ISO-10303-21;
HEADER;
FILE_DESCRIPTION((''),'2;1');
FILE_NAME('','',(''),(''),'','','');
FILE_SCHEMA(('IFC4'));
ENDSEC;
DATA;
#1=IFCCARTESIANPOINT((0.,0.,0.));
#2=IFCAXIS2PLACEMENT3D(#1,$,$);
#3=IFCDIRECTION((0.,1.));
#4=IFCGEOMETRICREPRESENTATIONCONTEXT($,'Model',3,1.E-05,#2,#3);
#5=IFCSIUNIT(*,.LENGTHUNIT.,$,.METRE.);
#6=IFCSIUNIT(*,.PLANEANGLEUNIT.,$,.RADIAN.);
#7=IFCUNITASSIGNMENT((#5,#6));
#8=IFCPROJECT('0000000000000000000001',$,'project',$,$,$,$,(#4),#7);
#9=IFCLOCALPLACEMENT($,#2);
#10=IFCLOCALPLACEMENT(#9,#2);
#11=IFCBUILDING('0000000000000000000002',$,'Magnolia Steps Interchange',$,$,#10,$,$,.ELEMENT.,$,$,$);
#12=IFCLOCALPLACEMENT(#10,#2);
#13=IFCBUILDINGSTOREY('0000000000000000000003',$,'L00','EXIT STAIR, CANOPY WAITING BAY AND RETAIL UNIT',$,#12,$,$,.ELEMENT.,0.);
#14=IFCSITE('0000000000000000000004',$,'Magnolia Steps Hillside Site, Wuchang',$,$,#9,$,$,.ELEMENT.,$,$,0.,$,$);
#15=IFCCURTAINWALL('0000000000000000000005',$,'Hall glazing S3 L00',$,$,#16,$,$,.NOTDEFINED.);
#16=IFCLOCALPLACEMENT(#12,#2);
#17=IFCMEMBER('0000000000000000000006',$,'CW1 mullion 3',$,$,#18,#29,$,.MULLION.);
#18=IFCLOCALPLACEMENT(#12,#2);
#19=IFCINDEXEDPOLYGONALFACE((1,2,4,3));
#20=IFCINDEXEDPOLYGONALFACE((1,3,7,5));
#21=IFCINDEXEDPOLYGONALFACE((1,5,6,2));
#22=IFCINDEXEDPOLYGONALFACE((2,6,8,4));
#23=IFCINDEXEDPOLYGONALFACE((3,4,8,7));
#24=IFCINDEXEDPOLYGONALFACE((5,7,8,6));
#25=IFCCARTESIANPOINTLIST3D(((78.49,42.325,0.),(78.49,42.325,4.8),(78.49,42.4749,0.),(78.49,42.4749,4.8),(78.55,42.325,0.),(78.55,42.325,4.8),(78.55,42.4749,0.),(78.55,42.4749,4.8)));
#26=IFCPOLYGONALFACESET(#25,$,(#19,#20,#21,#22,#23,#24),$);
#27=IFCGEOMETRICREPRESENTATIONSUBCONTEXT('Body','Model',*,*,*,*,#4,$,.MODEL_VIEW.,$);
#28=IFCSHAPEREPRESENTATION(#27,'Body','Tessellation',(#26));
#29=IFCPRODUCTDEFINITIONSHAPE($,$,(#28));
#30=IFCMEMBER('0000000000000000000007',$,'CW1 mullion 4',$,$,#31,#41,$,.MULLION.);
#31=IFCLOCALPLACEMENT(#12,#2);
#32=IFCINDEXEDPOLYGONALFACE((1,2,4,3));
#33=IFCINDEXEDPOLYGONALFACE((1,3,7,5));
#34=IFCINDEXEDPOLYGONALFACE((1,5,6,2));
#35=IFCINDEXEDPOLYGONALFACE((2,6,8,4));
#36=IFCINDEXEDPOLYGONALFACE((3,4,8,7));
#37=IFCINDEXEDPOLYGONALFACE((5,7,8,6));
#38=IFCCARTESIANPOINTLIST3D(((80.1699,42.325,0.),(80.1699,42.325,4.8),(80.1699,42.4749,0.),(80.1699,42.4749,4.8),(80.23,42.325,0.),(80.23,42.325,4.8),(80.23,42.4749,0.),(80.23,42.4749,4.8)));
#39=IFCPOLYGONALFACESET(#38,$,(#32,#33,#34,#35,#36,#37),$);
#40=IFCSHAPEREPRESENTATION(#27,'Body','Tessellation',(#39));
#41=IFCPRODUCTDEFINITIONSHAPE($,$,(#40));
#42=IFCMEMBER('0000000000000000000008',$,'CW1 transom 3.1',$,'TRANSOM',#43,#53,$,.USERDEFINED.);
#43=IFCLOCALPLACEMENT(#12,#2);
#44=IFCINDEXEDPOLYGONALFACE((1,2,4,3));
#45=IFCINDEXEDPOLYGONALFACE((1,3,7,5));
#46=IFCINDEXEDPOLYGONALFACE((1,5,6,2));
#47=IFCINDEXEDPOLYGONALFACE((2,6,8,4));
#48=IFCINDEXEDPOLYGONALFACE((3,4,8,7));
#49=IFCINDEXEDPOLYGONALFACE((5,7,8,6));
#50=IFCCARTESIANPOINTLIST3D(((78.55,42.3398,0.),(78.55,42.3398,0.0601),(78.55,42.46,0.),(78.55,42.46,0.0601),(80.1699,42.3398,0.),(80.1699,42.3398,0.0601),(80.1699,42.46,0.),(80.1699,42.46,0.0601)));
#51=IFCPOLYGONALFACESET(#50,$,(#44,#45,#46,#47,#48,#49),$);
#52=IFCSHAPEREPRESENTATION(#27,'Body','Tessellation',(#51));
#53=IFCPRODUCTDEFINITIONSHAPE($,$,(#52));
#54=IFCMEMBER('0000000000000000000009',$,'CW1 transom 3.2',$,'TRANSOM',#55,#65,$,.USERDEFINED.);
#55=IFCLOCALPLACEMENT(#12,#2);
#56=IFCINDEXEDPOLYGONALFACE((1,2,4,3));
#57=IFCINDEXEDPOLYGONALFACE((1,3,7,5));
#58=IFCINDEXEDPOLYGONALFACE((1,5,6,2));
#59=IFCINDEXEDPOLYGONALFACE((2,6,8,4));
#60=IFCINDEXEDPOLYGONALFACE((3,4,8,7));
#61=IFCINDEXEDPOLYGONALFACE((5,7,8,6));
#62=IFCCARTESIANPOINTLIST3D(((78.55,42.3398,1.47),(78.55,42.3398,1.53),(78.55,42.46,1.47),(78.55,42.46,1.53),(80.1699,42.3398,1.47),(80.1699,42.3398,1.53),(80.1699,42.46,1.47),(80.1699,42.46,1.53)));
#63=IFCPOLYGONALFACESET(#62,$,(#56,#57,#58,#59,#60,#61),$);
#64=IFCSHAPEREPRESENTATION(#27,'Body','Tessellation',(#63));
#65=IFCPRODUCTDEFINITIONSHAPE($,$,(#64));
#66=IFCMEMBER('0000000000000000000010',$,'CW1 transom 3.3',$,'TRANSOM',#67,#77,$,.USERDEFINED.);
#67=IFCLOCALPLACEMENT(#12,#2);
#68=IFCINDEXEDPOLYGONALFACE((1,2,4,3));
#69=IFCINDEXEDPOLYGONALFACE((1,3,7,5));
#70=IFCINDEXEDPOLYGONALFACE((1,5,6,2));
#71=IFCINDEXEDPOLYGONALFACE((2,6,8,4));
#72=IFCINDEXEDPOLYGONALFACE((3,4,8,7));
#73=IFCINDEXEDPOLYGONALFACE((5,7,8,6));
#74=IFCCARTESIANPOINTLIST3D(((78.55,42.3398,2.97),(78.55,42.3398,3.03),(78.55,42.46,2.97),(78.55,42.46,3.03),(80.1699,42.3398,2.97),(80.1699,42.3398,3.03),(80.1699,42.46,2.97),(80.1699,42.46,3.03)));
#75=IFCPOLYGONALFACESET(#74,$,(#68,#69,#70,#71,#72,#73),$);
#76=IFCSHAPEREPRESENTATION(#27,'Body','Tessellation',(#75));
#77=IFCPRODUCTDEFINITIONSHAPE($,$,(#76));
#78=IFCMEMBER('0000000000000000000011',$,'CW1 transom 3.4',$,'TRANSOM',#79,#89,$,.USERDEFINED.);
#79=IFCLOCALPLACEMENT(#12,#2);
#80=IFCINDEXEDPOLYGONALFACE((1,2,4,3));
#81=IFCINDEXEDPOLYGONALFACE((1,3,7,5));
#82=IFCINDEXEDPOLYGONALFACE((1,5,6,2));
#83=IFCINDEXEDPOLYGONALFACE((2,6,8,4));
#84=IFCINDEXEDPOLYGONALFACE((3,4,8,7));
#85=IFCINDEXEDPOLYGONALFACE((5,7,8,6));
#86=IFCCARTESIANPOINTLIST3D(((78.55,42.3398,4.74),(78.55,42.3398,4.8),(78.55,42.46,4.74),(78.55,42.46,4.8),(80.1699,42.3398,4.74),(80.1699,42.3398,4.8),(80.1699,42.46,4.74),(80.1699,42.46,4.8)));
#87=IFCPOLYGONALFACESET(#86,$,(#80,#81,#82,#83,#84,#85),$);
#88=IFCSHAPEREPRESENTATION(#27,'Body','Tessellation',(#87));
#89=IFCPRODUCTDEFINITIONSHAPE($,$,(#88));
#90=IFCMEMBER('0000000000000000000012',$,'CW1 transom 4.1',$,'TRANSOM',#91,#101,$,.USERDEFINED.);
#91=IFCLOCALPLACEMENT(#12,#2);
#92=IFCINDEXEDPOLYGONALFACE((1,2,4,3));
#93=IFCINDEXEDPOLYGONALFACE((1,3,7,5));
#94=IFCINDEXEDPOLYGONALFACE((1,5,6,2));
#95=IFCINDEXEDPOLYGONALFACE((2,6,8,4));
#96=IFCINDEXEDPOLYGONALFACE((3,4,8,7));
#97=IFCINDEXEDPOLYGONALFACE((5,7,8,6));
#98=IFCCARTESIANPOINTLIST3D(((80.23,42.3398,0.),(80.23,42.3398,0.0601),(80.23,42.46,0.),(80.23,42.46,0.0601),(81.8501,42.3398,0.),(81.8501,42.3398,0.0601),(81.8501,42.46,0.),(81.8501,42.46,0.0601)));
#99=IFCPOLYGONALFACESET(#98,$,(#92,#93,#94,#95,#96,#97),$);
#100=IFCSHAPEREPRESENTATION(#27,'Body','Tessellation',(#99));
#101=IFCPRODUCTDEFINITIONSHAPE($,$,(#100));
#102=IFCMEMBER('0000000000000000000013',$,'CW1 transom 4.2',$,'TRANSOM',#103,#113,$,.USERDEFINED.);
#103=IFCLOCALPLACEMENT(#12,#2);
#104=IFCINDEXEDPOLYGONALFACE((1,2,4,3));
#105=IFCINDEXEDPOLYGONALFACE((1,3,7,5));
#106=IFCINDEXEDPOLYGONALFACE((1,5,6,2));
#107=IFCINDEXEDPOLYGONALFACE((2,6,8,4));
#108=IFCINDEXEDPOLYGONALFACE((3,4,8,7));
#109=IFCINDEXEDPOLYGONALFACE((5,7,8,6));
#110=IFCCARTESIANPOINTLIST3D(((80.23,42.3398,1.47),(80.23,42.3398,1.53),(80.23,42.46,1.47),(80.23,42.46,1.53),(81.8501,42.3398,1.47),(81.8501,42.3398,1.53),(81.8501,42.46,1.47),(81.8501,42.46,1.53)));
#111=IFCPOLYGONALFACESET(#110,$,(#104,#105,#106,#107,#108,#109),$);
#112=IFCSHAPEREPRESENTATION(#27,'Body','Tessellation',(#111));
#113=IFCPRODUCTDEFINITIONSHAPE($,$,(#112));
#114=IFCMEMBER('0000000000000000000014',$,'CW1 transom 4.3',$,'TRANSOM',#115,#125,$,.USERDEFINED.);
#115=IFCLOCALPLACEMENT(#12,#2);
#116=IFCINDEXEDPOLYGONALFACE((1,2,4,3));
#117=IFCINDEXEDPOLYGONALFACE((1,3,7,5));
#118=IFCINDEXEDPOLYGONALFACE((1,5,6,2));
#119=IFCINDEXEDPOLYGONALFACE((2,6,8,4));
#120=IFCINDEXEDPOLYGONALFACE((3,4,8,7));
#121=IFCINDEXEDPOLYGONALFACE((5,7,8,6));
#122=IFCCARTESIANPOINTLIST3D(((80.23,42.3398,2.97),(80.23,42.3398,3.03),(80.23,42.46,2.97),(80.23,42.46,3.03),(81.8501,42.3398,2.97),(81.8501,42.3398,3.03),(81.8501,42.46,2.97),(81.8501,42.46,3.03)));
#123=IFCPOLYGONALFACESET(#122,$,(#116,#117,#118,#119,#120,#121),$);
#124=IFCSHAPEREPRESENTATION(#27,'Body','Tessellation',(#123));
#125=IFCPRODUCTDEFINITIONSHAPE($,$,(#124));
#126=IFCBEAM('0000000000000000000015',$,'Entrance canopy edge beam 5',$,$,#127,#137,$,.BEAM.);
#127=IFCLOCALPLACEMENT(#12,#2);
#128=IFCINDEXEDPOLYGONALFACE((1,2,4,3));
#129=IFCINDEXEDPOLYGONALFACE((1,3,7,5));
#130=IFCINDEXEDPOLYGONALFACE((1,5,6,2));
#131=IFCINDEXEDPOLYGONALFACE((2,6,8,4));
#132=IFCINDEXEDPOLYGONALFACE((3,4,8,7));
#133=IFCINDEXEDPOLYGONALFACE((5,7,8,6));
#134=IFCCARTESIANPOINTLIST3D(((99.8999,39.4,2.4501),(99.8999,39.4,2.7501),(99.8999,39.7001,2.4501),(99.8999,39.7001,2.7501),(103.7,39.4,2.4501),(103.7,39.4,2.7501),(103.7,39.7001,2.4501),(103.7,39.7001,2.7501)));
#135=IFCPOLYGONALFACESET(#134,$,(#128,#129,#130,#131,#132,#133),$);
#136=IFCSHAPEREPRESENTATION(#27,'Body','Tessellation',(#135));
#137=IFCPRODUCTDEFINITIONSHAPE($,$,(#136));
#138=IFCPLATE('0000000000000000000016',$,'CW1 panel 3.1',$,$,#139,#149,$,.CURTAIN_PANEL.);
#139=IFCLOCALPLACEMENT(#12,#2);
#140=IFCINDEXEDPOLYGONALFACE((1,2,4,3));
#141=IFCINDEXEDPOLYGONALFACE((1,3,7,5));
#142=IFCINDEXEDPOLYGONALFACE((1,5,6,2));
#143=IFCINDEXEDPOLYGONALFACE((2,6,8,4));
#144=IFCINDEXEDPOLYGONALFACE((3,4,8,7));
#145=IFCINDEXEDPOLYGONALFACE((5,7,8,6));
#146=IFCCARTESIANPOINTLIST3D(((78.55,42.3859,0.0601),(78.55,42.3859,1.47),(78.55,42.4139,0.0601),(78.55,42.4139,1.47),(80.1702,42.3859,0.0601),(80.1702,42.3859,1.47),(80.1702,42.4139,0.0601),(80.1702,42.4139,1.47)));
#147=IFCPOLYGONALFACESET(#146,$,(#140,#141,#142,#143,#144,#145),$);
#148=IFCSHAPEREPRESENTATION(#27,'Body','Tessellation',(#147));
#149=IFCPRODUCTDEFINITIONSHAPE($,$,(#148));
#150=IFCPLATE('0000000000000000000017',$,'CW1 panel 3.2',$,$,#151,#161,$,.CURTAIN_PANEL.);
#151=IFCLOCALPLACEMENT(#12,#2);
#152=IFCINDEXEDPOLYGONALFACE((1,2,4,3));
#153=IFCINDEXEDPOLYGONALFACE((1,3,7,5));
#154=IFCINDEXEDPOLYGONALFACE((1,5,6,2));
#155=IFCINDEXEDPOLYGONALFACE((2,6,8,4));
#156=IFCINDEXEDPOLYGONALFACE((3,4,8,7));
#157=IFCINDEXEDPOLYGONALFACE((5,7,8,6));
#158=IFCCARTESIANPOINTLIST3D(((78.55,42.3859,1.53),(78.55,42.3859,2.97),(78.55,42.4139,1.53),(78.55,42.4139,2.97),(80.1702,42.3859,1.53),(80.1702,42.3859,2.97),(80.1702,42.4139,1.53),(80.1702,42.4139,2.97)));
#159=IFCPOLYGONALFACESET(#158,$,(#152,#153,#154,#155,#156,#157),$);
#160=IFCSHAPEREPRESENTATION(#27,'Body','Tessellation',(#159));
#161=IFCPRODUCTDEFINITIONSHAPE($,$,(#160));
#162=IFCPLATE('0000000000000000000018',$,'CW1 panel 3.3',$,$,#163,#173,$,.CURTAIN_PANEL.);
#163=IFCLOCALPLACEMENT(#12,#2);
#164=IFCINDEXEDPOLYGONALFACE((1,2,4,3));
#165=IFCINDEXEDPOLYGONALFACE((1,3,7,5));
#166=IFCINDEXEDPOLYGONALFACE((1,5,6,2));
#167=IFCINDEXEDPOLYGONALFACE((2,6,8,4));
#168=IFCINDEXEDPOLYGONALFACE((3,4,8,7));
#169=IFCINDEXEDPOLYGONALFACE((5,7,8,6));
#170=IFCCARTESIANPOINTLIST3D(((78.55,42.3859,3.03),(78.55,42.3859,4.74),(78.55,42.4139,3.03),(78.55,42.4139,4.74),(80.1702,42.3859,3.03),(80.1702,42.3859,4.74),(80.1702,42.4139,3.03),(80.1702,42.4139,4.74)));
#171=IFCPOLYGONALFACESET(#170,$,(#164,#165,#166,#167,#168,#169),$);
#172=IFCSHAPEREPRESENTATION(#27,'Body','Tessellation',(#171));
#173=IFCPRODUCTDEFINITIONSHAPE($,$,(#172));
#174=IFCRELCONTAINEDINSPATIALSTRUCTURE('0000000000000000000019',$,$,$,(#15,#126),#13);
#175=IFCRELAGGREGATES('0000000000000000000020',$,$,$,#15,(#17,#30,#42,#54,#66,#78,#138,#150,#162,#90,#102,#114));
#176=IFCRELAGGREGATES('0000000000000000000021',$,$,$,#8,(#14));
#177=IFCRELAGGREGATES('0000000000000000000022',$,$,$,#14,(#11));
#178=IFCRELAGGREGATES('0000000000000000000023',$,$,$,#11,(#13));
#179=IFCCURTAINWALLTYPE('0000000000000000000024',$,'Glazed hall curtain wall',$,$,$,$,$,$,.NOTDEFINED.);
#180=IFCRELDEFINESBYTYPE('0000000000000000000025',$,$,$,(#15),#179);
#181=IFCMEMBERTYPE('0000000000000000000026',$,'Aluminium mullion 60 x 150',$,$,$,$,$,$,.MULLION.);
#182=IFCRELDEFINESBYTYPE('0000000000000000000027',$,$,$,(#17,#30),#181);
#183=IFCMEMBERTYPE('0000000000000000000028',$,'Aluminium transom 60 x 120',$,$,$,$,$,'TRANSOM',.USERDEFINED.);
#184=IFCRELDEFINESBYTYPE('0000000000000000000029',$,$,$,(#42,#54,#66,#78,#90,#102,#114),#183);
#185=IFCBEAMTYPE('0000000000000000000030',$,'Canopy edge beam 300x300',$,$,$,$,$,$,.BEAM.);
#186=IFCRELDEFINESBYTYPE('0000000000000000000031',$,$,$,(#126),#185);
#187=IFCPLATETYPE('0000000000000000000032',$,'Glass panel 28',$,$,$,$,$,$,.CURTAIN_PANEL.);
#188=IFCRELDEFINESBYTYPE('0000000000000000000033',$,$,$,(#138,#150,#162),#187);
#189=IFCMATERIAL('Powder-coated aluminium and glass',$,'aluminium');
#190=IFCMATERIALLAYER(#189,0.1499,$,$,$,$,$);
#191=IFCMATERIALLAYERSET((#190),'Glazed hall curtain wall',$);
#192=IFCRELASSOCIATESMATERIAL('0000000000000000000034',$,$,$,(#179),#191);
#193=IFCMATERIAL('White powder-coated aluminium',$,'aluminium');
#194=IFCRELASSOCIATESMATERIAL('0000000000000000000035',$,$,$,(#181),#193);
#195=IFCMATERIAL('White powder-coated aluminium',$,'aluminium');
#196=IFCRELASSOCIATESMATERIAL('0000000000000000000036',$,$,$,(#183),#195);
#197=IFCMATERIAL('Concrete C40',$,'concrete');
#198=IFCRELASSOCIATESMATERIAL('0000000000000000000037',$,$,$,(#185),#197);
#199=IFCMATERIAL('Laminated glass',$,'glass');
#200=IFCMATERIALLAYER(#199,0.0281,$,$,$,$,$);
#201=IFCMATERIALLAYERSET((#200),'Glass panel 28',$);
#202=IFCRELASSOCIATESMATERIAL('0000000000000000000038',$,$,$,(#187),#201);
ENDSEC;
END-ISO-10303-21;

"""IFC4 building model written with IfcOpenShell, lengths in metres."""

from ifc_helpers import new_model, si_unit, direction, frame, origin, origin_2d, place, context, subcontext, project, spatial, rectangle, extrude, material, layer, layer_set, material_profile, profile_set, type_object, element, aggregate, save


model = new_model("IFC4")

# Units and contexts
model_context = context("Model", 3, precision=1e-05, world=origin(), true_north=direction((0.0, 1.0)))
body_context = subcontext(model_context, "Body", "Model", "MODEL_VIEW")
ifc_project = project(units=[si_unit("LENGTHUNIT", "METRE"), si_unit("PLANEANGLEUNIT", "RADIAN")], contexts=[model_context])

# Site, building, storey
site_placement = place(None, origin())
site = spatial("IfcSite", under=ifc_project, at=site_placement, Name="Magnolia Steps Hillside Site, Wuchang", CompositionType="ELEMENT", RefElevation=0.0)
building_placement = place(site_placement, origin())
building = spatial("IfcBuilding", under=site, at=building_placement, Name="Magnolia Steps Interchange", CompositionType="ELEMENT")
storey_placement = place(building_placement, origin())
storey = spatial("IfcBuildingStorey", under=building, at=storey_placement, Name="L00", Description="EXIT STAIR, CANOPY WAITING BAY AND RETAIL UNIT", CompositionType="ELEMENT", Elevation=0.0)

# Curtain wall, members
ifc_material_1 = material(Name="Powder-coated aluminium and glass", Category="aluminium")
ifc_layer_1 = layer(ifc_material_1, 0.1499)
ifc_layer_set_1 = layer_set([ifc_layer_1], Name="Glazed hall curtain wall")
curtain_wall_type = type_object("IfcCurtainWallType", Name="Glazed hall curtain wall", PredefinedType="NOTDEFINED", material=ifc_layer_set_1)
curtain_wall_placement = place(storey_placement, origin())
curtain_wall = element("IfcCurtainWall", 1, at=curtain_wall_placement, inside=storey, type_object=curtain_wall_type, Name="Hall glazing S3 L00", PredefinedType="NOTDEFINED")
ifc_material_2 = material(Name="White powder-coated aluminium", Category="aluminium")
ifc_material_profile_1 = material_profile(ifc_material_2, rectangle(XDim=0.0601, YDim=0.1499, at=origin_2d()), Name="Aluminium mullion 60 x 150")
ifc_profile_set_1 = profile_set([ifc_material_profile_1], Name="White powder-coated aluminium")
member_type_1 = type_object("IfcMemberType", Name="Aluminium mullion 60 x 150", PredefinedType="MULLION", material=ifc_profile_set_1)
member_1_placement = place(storey_placement, frame((78.52, 42.3999, 0.0), z_axis=(0.0, 0.0, 1.0), x_axis=(1.0, 0.0, 0.0)))
member_1 = element("IfcMember", 2, at=member_1_placement, type_object=member_type_1, Name="CW1 mullion 3", PredefinedType="MULLION", context=body_context, shape_type="SweptSolid", body=[
    extrude(rectangle(XDim=0.0601, YDim=0.1499, at=origin_2d()), origin(), (0.0, 0.0, 1.0), 4.8),
])
member_2_placement = place(storey_placement, frame((80.2, 42.3999, 0.0), z_axis=(0.0, 0.0, 1.0), x_axis=(1.0, 0.0, 0.0)))
member_2 = element("IfcMember", 3, at=member_2_placement, type_object=member_type_1, Name="CW1 mullion 4", PredefinedType="MULLION", context=body_context, shape_type="SweptSolid", body=[
    extrude(rectangle(XDim=0.0601, YDim=0.1499, at=origin_2d()), origin(), (0.0, 0.0, 1.0), 4.8),
])
ifc_material_3 = material(Name="White powder-coated aluminium", Category="aluminium")
ifc_material_profile_2 = material_profile(ifc_material_3, rectangle(XDim=0.0601, YDim=0.1201, at=origin_2d()), Name="Aluminium transom 60 x 120")
ifc_profile_set_2 = profile_set([ifc_material_profile_2], Name="White powder-coated aluminium")
member_type_2 = type_object("IfcMemberType", Name="Aluminium transom 60 x 120", ElementType="TRANSOM", PredefinedType="USERDEFINED", material=ifc_profile_set_2)
member_3_placement = place(storey_placement, frame((78.55, 42.3999, 0.03), z_axis=(1.0, 0.0, 0.0), x_axis=(0.0, 0.0, 1.0)))
member_3 = element("IfcMember", 4, at=member_3_placement, type_object=member_type_2, Name="CW1 transom 3.1", ObjectType="TRANSOM", PredefinedType="USERDEFINED", context=body_context, shape_type="SweptSolid", body=[
    extrude(rectangle(XDim=0.0601, YDim=0.1201, at=origin_2d()), origin(), (0.0, 0.0, 1.0), 1.6199),
])
member_4_placement = place(storey_placement, frame((78.55, 42.3999, 1.5), z_axis=(1.0, 0.0, 0.0), x_axis=(0.0, 0.0, 1.0)))
member_4 = element("IfcMember", 5, at=member_4_placement, type_object=member_type_2, Name="CW1 transom 3.2", ObjectType="TRANSOM", PredefinedType="USERDEFINED", context=body_context, shape_type="SweptSolid", body=[
    extrude(rectangle(XDim=0.0601, YDim=0.1201, at=origin_2d()), origin(), (0.0, 0.0, 1.0), 1.6199),
])
member_5_placement = place(storey_placement, frame((78.55, 42.3999, 3.0), z_axis=(1.0, 0.0, 0.0), x_axis=(0.0, 0.0, 1.0)))
member_5 = element("IfcMember", 6, at=member_5_placement, type_object=member_type_2, Name="CW1 transom 3.3", ObjectType="TRANSOM", PredefinedType="USERDEFINED", context=body_context, shape_type="SweptSolid", body=[
    extrude(rectangle(XDim=0.0601, YDim=0.1201, at=origin_2d()), origin(), (0.0, 0.0, 1.0), 1.6199),
])
member_6_placement = place(storey_placement, frame((78.55, 42.3999, 4.77), z_axis=(1.0, 0.0, 0.0), x_axis=(0.0, 0.0, 1.0)))
member_6 = element("IfcMember", 7, at=member_6_placement, type_object=member_type_2, Name="CW1 transom 3.4", ObjectType="TRANSOM", PredefinedType="USERDEFINED", context=body_context, shape_type="SweptSolid", body=[
    extrude(rectangle(XDim=0.0601, YDim=0.1201, at=origin_2d()), origin(), (0.0, 0.0, 1.0), 1.6199),
])
member_7_placement = place(storey_placement, frame((80.23, 42.3999, 0.03), z_axis=(1.0, 0.0, 0.0), x_axis=(0.0, 0.0, 1.0)))
member_7 = element("IfcMember", 8, at=member_7_placement, type_object=member_type_2, Name="CW1 transom 4.1", ObjectType="TRANSOM", PredefinedType="USERDEFINED", context=body_context, shape_type="SweptSolid", body=[
    extrude(rectangle(XDim=0.0601, YDim=0.1201, at=origin_2d()), origin(), (0.0, 0.0, 1.0), 1.6201),
])
member_8_placement = place(storey_placement, frame((80.23, 42.3999, 1.5), z_axis=(1.0, 0.0, 0.0), x_axis=(0.0, 0.0, 1.0)))
member_8 = element("IfcMember", 9, at=member_8_placement, type_object=member_type_2, Name="CW1 transom 4.2", ObjectType="TRANSOM", PredefinedType="USERDEFINED", context=body_context, shape_type="SweptSolid", body=[
    extrude(rectangle(XDim=0.0601, YDim=0.1201, at=origin_2d()), origin(), (0.0, 0.0, 1.0), 1.6201),
])
member_9_placement = place(storey_placement, frame((80.23, 42.3999, 3.0), z_axis=(1.0, 0.0, 0.0), x_axis=(0.0, 0.0, 1.0)))
member_9 = element("IfcMember", 10, at=member_9_placement, type_object=member_type_2, Name="CW1 transom 4.3", ObjectType="TRANSOM", PredefinedType="USERDEFINED", context=body_context, shape_type="SweptSolid", body=[
    extrude(rectangle(XDim=0.0601, YDim=0.1201, at=origin_2d()), origin(), (0.0, 0.0, 1.0), 1.6201),
])

# Beam
ifc_material_4 = material(Name="Concrete C40", Category="concrete")
ifc_material_profile_3 = material_profile(ifc_material_4, rectangle(XDim=0.3, YDim=0.3, at=origin_2d()), Name="RC300x300")
ifc_profile_set_3 = profile_set([ifc_material_profile_3], Name="Concrete C40")
beam_type = type_object("IfcBeamType", Name="Canopy edge beam 300x300", PredefinedType="BEAM", material=ifc_profile_set_3)
beam_placement = place(storey_placement, frame((99.8999, 39.55, 2.6001), z_axis=(1.0, 0.0, 0.0), x_axis=(0.0, 1.0, 0.0)))
element("IfcBeam", 11, at=beam_placement, inside=storey, type_object=beam_type, Name="Entrance canopy edge beam 5", PredefinedType="BEAM", context=body_context, shape_type="SweptSolid", body=[
    extrude(rectangle(XDim=0.3, YDim=0.3, at=origin_2d()), origin(), (0.0, 0.0, 1.0), 3.8),
])

# Plates
ifc_material_5 = material(Name="Laminated glass", Category="glass")
ifc_layer_2 = layer(ifc_material_5, 0.0281)
ifc_layer_set_2 = layer_set([ifc_layer_2], Name="Glass panel 28")
plate_type = type_object("IfcPlateType", Name="Glass panel 28", PredefinedType="CURTAIN_PANEL", material=ifc_layer_set_2)
plate_1_placement = place(storey_placement, frame((79.3601, 42.3999, 0.0601), z_axis=(0.0, 0.0, 1.0), x_axis=(1.0, 0.0, 0.0)))
plate_1 = element("IfcPlate", 12, at=plate_1_placement, type_object=plate_type, Name="CW1 panel 3.1", PredefinedType="CURTAIN_PANEL", context=body_context, shape_type="SweptSolid", body=[
    extrude(rectangle(XDim=1.6201, YDim=0.0281, at=origin_2d()), origin(), (0.0, 0.0, 1.0), 1.4099),
])
plate_2_placement = place(storey_placement, frame((79.3601, 42.3999, 1.53), z_axis=(0.0, 0.0, 1.0), x_axis=(1.0, 0.0, 0.0)))
plate_2 = element("IfcPlate", 13, at=plate_2_placement, type_object=plate_type, Name="CW1 panel 3.2", PredefinedType="CURTAIN_PANEL", context=body_context, shape_type="SweptSolid", body=[
    extrude(rectangle(XDim=1.6201, YDim=0.0281, at=origin_2d()), origin(), (0.0, 0.0, 1.0), 1.4399),
])
plate_3_placement = place(storey_placement, frame((79.3601, 42.3999, 3.03), z_axis=(0.0, 0.0, 1.0), x_axis=(1.0, 0.0, 0.0)))
plate_3 = element("IfcPlate", 14, at=plate_3_placement, type_object=plate_type, Name="CW1 panel 3.3", PredefinedType="CURTAIN_PANEL", context=body_context, shape_type="SweptSolid", body=[
    extrude(rectangle(XDim=1.6201, YDim=0.0281, at=origin_2d()), origin(), (0.0, 0.0, 1.0), 1.71),
])
aggregate(curtain_wall, [member_1, member_2, member_3, member_4, member_5, member_6, plate_1, plate_2, plate_3, member_7, member_8, member_9])

save(model, "model.ifc")
